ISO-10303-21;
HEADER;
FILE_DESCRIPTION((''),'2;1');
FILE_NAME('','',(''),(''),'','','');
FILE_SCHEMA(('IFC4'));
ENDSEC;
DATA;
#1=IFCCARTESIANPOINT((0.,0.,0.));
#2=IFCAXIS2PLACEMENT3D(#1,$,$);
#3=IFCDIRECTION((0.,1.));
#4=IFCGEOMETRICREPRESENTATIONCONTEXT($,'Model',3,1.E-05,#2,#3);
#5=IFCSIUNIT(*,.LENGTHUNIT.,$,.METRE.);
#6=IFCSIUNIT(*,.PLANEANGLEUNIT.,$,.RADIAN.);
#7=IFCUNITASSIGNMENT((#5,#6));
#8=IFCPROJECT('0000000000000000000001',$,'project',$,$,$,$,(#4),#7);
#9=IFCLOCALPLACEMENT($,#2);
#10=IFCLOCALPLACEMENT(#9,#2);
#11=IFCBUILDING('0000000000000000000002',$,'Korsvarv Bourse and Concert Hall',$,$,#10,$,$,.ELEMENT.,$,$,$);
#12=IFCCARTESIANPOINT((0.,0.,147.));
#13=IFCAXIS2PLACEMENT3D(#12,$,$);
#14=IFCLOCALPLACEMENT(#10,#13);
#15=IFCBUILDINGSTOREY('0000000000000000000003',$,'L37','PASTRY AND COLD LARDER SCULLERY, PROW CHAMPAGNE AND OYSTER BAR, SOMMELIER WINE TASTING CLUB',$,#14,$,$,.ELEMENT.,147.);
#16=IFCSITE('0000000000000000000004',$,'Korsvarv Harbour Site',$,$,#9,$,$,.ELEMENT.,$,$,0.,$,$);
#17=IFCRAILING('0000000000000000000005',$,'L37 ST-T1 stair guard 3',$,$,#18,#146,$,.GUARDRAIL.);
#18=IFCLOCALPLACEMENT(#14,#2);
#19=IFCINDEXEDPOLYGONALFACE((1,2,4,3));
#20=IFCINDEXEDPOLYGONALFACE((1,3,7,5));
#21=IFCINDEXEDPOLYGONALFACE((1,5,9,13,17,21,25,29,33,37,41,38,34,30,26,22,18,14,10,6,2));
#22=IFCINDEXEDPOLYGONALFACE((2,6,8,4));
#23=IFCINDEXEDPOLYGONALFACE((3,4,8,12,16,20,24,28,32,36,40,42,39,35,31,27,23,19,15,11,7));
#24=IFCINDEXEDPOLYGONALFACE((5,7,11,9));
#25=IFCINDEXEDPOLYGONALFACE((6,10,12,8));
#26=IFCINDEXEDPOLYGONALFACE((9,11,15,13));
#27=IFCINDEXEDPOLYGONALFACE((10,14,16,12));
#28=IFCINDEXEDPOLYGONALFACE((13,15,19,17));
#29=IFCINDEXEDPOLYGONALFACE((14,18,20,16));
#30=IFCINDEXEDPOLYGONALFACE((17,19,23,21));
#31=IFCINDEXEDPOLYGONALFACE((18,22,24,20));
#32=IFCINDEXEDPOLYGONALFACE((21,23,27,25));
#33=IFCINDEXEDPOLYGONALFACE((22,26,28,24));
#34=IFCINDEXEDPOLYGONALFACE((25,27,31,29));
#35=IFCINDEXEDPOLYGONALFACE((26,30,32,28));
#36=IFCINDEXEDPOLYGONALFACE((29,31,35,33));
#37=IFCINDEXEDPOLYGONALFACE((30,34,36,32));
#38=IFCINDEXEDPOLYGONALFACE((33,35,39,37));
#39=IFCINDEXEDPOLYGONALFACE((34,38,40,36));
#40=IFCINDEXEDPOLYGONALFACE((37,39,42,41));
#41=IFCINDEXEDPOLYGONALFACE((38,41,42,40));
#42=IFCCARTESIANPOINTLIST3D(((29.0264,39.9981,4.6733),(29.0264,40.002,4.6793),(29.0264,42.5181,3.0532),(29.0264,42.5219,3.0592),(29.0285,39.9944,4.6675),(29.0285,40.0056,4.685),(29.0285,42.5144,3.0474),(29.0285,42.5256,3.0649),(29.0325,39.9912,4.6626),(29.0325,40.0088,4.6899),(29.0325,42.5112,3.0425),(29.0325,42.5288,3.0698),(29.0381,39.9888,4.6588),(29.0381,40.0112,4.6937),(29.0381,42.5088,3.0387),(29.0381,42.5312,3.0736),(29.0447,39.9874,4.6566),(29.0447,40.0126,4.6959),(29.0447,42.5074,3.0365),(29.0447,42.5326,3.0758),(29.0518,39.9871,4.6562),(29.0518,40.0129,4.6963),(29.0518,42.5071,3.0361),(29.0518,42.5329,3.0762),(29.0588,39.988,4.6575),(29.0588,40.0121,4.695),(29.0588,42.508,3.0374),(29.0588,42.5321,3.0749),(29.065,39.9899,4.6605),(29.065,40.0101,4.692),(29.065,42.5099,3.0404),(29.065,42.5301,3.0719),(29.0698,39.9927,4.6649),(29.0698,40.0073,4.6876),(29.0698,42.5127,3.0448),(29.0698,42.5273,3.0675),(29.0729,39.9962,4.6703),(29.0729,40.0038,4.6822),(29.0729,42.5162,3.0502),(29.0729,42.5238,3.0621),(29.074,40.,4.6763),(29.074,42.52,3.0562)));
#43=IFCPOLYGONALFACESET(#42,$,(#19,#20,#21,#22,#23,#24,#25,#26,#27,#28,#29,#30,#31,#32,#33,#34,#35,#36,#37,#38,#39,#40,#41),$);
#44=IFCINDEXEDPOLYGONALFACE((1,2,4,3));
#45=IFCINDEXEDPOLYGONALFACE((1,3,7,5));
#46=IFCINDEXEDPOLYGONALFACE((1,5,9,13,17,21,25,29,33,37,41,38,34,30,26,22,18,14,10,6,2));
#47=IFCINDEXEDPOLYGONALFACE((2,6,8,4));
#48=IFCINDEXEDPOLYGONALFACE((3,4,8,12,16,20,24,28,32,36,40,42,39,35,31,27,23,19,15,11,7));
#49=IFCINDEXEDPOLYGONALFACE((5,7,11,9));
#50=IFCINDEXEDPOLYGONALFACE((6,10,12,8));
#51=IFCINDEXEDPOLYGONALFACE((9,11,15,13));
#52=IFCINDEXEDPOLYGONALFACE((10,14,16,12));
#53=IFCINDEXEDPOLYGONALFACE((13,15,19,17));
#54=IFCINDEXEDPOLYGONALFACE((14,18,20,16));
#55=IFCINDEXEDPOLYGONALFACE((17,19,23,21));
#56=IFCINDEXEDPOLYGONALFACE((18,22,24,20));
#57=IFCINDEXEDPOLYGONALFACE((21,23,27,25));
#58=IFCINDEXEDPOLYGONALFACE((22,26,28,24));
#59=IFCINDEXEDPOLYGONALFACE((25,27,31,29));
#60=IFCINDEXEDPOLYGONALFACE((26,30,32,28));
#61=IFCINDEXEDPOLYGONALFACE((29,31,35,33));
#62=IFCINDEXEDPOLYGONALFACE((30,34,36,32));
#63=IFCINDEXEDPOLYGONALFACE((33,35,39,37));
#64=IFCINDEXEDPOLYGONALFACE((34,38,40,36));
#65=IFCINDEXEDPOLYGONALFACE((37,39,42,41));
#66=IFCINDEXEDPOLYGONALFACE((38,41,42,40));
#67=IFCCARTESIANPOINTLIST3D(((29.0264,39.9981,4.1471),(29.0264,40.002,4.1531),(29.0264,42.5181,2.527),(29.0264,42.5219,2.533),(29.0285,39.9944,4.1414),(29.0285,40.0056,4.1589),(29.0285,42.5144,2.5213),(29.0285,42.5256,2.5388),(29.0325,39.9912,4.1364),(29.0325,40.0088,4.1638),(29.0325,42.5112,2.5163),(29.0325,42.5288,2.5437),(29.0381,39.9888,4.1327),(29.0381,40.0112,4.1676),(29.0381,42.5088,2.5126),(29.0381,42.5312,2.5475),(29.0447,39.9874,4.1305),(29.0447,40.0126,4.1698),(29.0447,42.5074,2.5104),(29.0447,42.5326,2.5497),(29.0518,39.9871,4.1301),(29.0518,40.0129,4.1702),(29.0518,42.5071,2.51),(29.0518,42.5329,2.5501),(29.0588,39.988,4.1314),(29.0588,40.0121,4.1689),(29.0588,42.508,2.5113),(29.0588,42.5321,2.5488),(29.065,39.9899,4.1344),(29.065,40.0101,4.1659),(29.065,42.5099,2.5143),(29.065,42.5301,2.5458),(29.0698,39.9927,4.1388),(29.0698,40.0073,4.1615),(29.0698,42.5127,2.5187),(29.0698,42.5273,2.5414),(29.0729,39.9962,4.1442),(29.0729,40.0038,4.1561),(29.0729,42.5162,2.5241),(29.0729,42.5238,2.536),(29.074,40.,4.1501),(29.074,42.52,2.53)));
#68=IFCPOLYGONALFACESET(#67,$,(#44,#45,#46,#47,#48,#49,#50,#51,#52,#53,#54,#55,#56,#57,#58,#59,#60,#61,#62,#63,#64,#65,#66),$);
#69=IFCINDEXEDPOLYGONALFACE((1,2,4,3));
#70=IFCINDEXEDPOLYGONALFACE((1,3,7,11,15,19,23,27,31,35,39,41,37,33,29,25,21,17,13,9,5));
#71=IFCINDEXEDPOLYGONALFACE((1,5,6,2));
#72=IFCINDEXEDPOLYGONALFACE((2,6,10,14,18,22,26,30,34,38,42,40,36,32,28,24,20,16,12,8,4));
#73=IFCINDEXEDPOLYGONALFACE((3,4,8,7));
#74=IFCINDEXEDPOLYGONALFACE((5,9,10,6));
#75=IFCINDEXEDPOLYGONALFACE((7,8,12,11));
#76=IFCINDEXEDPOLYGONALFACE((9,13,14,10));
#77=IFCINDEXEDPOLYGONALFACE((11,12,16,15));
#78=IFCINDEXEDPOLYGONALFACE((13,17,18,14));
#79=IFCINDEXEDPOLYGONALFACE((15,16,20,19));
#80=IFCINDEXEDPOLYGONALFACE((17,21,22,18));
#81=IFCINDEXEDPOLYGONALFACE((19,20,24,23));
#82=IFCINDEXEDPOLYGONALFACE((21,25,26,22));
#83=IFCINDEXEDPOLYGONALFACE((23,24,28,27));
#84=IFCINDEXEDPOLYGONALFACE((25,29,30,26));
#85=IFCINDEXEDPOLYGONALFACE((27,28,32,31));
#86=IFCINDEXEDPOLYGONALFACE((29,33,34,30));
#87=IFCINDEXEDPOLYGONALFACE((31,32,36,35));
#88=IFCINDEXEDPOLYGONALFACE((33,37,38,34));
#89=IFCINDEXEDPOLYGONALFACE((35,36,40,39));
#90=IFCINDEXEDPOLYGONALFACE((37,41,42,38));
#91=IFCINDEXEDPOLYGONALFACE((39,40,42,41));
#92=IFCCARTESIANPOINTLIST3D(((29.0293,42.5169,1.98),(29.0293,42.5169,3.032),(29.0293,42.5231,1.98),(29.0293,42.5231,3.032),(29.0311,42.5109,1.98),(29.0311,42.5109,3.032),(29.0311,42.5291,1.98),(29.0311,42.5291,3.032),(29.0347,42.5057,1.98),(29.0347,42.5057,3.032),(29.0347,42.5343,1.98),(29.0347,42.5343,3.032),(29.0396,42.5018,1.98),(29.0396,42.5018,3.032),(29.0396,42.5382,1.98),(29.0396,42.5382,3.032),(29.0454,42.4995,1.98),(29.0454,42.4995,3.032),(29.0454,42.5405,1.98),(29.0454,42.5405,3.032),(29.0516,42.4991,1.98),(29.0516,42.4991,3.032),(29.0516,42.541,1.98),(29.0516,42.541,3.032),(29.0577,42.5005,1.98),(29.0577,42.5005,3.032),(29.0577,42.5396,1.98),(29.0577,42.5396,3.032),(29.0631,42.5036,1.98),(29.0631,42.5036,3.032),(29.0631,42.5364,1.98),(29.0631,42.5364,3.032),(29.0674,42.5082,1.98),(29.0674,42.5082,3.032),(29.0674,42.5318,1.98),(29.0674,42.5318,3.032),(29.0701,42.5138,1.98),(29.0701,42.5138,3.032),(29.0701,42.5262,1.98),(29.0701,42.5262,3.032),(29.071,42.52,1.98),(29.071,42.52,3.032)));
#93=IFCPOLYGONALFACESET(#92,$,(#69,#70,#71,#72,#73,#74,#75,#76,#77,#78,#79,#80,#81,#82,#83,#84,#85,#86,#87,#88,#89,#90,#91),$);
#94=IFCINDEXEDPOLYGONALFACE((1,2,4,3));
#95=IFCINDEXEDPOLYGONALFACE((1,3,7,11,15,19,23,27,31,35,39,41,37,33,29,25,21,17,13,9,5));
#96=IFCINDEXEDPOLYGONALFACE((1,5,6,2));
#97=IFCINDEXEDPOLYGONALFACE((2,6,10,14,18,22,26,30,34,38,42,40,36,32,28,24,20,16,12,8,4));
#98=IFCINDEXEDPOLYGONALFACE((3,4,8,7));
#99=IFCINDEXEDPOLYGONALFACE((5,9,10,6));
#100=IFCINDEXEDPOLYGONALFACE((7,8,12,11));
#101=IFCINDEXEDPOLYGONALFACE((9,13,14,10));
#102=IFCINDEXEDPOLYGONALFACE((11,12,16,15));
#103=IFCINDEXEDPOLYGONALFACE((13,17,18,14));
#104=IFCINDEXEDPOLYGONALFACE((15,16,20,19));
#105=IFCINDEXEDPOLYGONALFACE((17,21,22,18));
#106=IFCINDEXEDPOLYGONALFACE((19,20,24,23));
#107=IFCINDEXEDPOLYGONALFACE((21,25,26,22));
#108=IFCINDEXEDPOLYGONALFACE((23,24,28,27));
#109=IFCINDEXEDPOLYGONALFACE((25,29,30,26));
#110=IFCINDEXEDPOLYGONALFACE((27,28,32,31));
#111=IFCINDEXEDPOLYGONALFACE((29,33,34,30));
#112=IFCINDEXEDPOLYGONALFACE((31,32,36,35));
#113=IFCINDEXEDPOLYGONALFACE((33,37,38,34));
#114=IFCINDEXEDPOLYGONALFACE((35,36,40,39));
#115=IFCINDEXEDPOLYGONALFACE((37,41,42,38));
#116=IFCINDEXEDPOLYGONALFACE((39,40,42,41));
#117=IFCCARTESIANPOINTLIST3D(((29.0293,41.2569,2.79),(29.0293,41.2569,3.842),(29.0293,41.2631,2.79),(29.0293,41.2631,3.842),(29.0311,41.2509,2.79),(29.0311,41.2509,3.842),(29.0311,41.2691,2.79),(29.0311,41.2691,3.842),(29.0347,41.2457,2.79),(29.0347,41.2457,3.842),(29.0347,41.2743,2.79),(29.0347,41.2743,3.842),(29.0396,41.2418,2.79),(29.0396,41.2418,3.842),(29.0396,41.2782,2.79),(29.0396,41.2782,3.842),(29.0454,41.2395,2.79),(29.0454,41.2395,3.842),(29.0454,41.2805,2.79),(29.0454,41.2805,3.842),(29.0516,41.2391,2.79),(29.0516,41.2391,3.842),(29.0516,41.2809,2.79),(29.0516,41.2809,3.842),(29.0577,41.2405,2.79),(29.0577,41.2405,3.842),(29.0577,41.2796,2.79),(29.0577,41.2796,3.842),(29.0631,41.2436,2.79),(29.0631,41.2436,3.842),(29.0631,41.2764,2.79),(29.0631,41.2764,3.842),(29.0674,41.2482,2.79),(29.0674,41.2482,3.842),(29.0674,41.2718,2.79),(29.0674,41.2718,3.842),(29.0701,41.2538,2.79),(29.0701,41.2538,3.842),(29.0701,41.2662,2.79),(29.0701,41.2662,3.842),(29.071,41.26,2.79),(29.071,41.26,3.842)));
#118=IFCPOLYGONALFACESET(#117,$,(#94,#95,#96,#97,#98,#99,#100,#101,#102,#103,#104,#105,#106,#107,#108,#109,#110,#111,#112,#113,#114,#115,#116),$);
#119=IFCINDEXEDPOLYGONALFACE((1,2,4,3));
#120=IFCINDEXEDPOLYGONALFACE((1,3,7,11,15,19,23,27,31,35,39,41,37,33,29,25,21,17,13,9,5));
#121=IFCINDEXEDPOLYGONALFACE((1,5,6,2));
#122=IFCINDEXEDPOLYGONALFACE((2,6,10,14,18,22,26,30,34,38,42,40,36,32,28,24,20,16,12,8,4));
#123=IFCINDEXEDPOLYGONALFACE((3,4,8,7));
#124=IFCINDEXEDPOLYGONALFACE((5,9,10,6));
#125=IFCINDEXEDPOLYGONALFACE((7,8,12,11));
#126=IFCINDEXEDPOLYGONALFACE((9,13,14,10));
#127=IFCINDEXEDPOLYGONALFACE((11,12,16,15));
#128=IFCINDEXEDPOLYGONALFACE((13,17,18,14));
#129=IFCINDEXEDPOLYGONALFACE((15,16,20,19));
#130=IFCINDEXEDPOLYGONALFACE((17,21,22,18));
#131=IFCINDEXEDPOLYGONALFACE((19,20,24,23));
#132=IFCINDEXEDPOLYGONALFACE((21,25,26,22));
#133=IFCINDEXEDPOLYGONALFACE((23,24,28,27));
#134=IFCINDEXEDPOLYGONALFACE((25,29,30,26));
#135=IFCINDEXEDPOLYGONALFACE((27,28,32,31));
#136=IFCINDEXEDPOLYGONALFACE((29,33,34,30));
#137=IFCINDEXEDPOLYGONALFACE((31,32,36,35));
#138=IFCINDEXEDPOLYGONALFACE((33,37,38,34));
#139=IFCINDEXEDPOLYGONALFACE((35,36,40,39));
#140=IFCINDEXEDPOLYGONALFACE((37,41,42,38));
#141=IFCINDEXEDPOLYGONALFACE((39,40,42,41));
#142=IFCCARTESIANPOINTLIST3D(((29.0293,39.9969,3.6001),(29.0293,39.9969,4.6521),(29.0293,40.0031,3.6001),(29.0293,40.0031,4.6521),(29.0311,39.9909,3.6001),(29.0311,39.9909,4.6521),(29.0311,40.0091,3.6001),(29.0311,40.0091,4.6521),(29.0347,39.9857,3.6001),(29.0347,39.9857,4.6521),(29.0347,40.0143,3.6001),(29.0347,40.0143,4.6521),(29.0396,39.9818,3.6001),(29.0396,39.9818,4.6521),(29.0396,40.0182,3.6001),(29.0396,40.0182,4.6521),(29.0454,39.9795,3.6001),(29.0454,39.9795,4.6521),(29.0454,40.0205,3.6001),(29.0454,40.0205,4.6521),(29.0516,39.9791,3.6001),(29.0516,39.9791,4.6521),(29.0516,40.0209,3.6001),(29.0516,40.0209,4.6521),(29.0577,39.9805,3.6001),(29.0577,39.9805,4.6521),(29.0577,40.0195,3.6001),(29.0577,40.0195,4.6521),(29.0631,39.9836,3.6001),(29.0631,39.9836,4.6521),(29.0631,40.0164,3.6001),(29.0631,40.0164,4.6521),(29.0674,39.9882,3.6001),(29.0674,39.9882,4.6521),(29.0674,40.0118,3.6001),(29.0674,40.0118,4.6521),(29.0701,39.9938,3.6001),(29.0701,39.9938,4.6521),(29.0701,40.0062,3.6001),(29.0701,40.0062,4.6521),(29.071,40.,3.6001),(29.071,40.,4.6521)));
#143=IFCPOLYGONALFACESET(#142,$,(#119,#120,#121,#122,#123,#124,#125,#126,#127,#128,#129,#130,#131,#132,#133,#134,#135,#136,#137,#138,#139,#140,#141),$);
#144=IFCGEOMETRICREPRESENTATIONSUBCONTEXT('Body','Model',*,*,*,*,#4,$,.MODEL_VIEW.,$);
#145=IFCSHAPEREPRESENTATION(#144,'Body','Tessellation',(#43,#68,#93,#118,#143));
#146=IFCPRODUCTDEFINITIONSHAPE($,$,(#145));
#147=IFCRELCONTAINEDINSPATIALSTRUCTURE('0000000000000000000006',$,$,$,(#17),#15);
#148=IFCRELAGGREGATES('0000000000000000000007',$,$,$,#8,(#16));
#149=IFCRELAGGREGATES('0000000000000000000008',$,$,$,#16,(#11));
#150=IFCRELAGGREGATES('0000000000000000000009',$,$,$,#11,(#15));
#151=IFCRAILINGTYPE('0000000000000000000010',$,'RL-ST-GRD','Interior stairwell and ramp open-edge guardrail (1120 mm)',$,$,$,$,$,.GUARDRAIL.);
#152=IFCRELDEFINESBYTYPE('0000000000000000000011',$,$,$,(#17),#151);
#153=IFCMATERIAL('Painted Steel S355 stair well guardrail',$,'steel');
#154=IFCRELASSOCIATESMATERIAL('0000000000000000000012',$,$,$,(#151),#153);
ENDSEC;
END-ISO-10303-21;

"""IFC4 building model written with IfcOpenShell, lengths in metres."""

from ifc_helpers import new_model, si_unit, direction, frame, origin, origin_2d, place, context, subcontext, project, spatial, circle, extrude, material, type_object, element, save


model = new_model("IFC4")

# Units and contexts
model_context = context("Model", 3, precision=1e-05, world=origin(), true_north=direction((0.0, 1.0)))
body_context = subcontext(model_context, "Body", "Model", "MODEL_VIEW")
ifc_project = project(units=[si_unit("LENGTHUNIT", "METRE"), si_unit("PLANEANGLEUNIT", "RADIAN")], contexts=[model_context])

# Site, building, storey
site_placement = place(None, origin())
site = spatial("IfcSite", under=ifc_project, at=site_placement, Name="Korsvarv Harbour Site", CompositionType="ELEMENT", RefElevation=0.0)
building_placement = place(site_placement, origin())
building = spatial("IfcBuilding", under=site, at=building_placement, Name="Korsvarv Bourse and Concert Hall", CompositionType="ELEMENT")
storey_placement = place(building_placement, frame((0.0, 0.0, 147.0)))
storey = spatial("IfcBuildingStorey", under=building, at=storey_placement, Name="L37", Description="PASTRY AND COLD LARDER SCULLERY, PROW CHAMPAGNE AND OYSTER BAR, SOMMELIER WINE TASTING CLUB", CompositionType="ELEMENT", Elevation=147.0)

# Railing
ifc_material_1 = material(Name="Painted Steel S355 stair well guardrail", Category="steel")
railing_type = type_object("IfcRailingType", Name="RL-ST-GRD", Description="Interior stairwell and ramp open-edge guardrail (1120 mm)", PredefinedType="GUARDRAIL", material=ifc_material_1)
railing_1_placement = place(storey_placement, frame((29.05, 42.52, 1.98)))
element("IfcRailing", 1, at=railing_1_placement, inside=storey, type_object=railing_type, Name="L37 ST-T1 stair guard 3", PredefinedType="GUARDRAIL", context=body_context, shape_type="SweptSolid", body=[
    extrude(circle(Radius=0.0239, at=origin_2d()), frame((0.0, 0.0, 1.0762), z_axis=(0.0, -0.841163, 0.540782), x_axis=(1.0, 0.0, 0.0)), (0.0, 0.0, 1.0), 2.9958),
    extrude(circle(Radius=0.0239, at=origin_2d()), frame((0.0, 0.0, 0.55), z_axis=(0.0, -0.841163, 0.540782), x_axis=(1.0, 0.0, 0.0)), (0.0, 0.0, 1.0), 2.9958),
    extrude(circle(Radius=0.021, at=origin_2d()), origin(), (0.0, 0.0, 1.0), 1.052),
    extrude(circle(Radius=0.021, at=origin_2d()), frame((0.0, -1.26, 0.8101)), (0.0, 0.0, 1.0), 1.052),
    extrude(circle(Radius=0.021, at=origin_2d()), frame((0.0, -2.52, 1.6201)), (0.0, 0.0, 1.0), 1.052),
])

save(model, "model.ifc")
